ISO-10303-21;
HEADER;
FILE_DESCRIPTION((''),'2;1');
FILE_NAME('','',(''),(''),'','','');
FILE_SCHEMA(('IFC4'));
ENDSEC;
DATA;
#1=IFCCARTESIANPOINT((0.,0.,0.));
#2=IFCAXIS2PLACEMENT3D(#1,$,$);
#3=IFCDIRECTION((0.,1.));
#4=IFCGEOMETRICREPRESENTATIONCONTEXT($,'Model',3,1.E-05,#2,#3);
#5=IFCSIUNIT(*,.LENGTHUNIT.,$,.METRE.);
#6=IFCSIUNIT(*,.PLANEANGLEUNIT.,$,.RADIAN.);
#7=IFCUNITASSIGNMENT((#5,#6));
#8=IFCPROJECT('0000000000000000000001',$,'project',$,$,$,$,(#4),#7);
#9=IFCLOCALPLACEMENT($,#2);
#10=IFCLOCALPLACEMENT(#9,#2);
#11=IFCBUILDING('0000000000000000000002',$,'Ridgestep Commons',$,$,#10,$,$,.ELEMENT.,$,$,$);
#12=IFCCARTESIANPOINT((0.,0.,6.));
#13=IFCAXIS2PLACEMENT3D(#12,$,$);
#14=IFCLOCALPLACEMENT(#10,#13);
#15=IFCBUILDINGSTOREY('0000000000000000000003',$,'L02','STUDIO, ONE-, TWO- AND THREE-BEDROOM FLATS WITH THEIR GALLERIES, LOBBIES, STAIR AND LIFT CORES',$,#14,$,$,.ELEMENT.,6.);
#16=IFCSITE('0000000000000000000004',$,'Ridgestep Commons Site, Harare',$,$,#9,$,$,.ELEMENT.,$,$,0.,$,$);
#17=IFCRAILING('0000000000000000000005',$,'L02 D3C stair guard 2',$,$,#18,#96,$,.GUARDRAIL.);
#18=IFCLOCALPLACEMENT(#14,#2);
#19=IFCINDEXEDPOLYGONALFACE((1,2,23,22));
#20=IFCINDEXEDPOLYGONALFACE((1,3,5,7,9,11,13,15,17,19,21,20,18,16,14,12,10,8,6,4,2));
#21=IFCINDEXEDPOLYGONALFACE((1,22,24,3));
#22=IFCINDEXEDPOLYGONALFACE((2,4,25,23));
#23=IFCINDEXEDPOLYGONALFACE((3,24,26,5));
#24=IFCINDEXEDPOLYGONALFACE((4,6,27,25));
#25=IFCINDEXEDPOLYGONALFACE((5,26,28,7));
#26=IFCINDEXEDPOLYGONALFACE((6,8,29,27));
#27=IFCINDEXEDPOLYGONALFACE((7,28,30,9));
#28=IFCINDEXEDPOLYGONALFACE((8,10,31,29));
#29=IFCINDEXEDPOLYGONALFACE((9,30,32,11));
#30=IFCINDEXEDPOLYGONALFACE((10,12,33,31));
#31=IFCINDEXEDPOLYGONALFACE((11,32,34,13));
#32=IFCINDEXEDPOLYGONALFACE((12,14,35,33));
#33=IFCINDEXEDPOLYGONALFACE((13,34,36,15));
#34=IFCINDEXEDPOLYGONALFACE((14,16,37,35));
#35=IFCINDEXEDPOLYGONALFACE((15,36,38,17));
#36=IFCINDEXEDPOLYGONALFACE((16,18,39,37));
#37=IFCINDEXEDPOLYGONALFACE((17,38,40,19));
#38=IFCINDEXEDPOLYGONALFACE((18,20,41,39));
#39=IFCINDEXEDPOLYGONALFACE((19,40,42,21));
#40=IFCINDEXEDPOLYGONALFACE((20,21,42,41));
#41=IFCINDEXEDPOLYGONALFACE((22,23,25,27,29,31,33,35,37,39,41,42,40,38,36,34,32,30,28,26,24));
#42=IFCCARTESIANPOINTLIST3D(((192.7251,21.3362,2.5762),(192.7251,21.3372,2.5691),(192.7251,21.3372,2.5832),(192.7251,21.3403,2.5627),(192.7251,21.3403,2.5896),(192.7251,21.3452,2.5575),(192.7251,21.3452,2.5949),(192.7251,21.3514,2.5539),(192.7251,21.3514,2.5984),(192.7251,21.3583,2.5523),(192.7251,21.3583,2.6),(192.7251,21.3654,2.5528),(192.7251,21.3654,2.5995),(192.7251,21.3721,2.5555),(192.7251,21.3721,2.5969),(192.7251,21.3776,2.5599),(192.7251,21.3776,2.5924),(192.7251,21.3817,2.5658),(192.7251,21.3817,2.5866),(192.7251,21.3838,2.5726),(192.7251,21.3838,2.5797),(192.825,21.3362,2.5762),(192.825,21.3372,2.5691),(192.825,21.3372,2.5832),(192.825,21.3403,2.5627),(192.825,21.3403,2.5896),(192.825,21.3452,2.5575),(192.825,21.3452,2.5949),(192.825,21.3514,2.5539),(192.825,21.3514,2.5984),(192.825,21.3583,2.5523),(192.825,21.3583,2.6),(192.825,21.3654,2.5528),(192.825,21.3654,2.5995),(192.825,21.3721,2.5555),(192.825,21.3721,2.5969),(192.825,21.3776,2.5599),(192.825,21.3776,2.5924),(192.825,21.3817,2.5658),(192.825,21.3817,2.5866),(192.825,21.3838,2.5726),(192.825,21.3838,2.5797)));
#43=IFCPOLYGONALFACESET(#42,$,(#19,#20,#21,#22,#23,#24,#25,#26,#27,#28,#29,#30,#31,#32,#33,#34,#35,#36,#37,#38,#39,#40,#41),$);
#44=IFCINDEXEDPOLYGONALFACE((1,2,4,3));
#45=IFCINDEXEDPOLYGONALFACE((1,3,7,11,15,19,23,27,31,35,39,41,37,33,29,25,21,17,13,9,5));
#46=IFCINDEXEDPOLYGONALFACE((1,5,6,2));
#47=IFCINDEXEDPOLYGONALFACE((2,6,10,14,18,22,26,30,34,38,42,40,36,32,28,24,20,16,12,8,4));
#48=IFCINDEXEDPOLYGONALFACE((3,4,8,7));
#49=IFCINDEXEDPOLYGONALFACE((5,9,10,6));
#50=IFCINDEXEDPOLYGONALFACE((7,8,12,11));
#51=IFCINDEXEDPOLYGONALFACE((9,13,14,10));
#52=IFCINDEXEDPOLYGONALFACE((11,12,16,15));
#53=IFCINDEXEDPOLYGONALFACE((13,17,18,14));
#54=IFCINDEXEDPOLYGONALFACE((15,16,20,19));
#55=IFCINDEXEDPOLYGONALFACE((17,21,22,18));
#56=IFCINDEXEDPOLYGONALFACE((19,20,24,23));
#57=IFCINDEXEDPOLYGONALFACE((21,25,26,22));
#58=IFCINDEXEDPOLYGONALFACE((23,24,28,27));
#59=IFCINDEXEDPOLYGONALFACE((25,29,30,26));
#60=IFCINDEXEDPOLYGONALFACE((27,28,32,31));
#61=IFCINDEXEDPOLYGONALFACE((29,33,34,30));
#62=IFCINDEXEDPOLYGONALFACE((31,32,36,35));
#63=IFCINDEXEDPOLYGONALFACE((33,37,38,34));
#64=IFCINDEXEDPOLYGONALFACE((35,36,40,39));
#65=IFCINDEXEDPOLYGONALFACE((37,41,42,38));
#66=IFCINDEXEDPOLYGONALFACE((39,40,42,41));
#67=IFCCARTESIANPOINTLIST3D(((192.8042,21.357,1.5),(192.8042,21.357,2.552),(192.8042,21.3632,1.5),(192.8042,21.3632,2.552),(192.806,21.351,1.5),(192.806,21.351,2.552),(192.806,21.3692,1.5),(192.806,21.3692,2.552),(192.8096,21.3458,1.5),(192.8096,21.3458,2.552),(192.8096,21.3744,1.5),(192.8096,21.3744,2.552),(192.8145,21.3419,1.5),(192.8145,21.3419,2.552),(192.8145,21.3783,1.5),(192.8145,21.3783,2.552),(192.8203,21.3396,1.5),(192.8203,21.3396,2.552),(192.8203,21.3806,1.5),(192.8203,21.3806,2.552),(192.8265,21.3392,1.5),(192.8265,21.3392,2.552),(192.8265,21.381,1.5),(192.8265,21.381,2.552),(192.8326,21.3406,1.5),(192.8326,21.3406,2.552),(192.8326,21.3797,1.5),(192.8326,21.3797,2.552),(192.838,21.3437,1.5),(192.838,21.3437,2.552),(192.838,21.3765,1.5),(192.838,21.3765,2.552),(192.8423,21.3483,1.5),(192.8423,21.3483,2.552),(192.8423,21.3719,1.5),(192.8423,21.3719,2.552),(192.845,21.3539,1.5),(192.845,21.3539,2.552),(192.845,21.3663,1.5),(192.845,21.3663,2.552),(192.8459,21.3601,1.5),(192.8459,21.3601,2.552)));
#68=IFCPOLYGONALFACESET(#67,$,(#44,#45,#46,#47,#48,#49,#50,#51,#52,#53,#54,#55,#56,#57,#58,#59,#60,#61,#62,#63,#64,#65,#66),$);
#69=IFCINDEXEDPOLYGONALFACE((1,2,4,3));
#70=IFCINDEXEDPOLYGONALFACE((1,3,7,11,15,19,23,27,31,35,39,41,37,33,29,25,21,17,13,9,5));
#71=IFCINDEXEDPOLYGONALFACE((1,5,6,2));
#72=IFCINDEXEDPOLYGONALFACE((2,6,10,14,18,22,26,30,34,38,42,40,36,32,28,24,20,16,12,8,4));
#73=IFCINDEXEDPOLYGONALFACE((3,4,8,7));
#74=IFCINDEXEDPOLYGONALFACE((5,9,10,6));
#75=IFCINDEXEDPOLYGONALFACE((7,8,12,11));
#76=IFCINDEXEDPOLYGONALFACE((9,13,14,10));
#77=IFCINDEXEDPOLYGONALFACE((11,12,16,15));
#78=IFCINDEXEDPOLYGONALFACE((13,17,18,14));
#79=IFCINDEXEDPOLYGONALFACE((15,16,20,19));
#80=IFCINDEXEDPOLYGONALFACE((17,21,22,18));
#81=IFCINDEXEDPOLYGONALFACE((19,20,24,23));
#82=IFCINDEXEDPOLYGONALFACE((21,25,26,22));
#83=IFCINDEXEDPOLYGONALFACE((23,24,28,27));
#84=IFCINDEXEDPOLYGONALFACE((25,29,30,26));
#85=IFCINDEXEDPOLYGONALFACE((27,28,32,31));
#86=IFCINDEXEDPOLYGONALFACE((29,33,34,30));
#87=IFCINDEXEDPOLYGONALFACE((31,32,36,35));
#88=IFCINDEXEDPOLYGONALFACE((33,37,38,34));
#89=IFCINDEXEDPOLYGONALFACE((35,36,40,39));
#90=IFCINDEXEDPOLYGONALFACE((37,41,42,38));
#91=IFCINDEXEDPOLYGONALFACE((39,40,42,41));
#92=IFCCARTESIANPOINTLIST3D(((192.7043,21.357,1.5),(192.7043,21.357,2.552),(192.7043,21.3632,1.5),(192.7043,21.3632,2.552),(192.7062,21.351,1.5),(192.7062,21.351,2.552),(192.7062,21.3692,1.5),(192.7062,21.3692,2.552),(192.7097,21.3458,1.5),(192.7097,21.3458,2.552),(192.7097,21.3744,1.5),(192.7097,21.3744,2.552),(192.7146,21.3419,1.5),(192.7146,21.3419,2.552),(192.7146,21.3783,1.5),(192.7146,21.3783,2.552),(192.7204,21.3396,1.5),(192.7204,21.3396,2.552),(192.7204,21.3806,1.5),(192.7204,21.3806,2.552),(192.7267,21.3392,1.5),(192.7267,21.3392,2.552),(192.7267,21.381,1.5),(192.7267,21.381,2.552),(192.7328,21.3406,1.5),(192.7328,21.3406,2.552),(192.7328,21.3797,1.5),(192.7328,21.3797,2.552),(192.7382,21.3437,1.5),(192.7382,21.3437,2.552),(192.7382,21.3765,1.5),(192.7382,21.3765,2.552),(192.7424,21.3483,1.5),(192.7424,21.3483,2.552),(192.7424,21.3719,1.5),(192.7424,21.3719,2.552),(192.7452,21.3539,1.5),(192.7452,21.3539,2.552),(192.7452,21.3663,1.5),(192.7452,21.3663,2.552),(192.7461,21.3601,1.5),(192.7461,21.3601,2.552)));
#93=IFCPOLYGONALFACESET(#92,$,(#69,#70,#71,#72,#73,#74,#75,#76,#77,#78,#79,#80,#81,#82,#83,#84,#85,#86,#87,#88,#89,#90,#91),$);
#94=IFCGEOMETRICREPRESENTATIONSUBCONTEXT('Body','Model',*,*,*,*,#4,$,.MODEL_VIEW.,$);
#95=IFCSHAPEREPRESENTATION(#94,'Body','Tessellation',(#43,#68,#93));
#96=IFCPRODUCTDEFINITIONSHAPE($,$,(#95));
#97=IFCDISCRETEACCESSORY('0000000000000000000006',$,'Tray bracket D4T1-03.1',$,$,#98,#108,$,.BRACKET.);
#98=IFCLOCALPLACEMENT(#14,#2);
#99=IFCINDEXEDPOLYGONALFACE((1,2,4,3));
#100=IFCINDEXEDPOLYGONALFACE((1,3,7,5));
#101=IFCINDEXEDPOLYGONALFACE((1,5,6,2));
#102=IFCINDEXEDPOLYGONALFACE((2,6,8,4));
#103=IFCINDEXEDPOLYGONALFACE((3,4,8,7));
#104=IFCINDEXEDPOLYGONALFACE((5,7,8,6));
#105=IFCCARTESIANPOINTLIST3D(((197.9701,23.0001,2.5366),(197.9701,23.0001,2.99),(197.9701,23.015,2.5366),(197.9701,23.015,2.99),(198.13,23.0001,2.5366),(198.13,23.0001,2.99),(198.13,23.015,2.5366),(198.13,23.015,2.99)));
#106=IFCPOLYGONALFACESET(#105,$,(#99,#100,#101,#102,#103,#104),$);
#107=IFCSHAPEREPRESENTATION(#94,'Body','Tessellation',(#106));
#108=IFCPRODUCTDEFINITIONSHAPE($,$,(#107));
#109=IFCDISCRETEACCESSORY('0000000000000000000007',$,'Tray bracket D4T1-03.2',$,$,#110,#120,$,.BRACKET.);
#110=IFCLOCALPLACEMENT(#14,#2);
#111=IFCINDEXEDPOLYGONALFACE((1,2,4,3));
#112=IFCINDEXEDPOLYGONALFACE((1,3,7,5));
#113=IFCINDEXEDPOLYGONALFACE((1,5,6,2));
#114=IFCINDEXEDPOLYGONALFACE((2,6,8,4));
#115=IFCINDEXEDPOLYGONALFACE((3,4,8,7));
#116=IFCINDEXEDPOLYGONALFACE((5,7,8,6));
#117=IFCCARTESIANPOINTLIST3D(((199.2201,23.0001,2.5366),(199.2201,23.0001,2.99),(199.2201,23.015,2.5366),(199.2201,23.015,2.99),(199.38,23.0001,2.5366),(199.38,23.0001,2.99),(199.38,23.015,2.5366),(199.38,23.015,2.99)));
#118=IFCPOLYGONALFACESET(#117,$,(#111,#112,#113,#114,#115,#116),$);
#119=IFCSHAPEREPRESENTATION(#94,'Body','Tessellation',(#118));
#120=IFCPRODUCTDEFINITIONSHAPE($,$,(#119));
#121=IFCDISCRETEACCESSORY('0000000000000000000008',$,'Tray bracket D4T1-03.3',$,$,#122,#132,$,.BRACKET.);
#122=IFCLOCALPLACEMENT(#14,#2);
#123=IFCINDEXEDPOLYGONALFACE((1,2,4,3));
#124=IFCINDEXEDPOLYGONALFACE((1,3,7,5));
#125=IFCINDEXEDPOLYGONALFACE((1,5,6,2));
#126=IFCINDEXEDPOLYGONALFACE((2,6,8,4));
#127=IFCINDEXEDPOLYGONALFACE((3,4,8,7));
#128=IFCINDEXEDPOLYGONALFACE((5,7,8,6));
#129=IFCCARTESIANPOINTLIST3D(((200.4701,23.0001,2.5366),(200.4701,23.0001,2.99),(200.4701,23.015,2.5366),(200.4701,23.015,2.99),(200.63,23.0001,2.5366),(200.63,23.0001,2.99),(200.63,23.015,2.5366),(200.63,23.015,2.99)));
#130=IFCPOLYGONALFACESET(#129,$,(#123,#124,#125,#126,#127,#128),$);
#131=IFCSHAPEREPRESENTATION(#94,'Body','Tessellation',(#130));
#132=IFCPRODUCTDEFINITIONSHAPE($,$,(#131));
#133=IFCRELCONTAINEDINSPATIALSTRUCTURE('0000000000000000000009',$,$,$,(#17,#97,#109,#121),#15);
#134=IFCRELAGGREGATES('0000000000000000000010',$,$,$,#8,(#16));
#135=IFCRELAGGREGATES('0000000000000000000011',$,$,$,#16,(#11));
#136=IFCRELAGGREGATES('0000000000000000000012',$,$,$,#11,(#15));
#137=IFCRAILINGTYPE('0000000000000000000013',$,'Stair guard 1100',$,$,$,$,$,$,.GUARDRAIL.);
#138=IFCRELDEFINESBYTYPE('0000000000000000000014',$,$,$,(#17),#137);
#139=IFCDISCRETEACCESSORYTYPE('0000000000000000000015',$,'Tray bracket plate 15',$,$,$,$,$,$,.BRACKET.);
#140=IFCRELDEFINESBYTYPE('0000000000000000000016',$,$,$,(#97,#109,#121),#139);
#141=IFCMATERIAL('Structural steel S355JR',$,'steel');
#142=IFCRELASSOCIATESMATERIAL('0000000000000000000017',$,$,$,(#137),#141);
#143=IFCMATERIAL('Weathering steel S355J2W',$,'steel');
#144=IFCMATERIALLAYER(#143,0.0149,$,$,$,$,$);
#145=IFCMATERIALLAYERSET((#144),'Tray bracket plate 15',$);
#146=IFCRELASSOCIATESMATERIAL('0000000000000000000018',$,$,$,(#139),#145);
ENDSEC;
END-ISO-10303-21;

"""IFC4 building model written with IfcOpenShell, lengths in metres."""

from ifc_helpers import new_model, si_unit, direction, frame, origin, origin_2d, place, context, subcontext, project, spatial, rectangle, circle, extrude, material, layer, layer_set, type_object, element, save


model = new_model("IFC4")

# Units and contexts
model_context = context("Model", 3, precision=1e-05, world=origin(), true_north=direction((0.0, 1.0)))
body_context = subcontext(model_context, "Body", "Model", "MODEL_VIEW")
ifc_project = project(units=[si_unit("LENGTHUNIT", "METRE"), si_unit("PLANEANGLEUNIT", "RADIAN")], contexts=[model_context])

# Site, building, storey
site_placement = place(None, origin())
site = spatial("IfcSite", under=ifc_project, at=site_placement, Name="Ridgestep Commons Site, Harare", CompositionType="ELEMENT", RefElevation=0.0)
building_placement = place(site_placement, origin())
building = spatial("IfcBuilding", under=site, at=building_placement, Name="Ridgestep Commons", CompositionType="ELEMENT")
storey_placement = place(building_placement, frame((0.0, 0.0, 6.0)))
storey = spatial("IfcBuildingStorey", under=building, at=storey_placement, Name="L02", Description="STUDIO, ONE-, TWO- AND THREE-BEDROOM FLATS WITH THEIR GALLERIES, LOBBIES, STAIR AND LIFT CORES", CompositionType="ELEMENT", Elevation=6.0)

# Railing
ifc_material_1 = material(Name="Structural steel S355JR", Category="steel")
railing_type = type_object("IfcRailingType", Name="Stair guard 1100", PredefinedType="GUARDRAIL", material=ifc_material_1)
railing_placement = place(storey_placement, frame((192.825, 21.3601, 1.5)))
element("IfcRailing", 1, at=railing_placement, inside=storey, type_object=railing_type, Name="L02 D3C stair guard 2", PredefinedType="GUARDRAIL", context=body_context, shape_type="SweptSolid", body=[
    extrude(circle(Radius=0.0239, at=origin_2d()), frame((0.0, 0.0, 1.0762), z_axis=(-1.0, 0.0, 0.0), x_axis=(0.0, -1.0, 0.0)), (0.0, 0.0, 1.0), 0.0999),
    extrude(circle(Radius=0.021, at=origin_2d()), origin(), (0.0, 0.0, 1.0), 1.052),
    extrude(circle(Radius=0.021, at=origin_2d()), frame((-0.0999, 0.0, 0.0)), (0.0, 0.0, 1.0), 1.052),
])

# Discrete accessories
ifc_material_2 = material(Name="Weathering steel S355J2W", Category="steel")
ifc_layer_1 = layer(ifc_material_2, 0.0149)
ifc_layer_set_1 = layer_set([ifc_layer_1], Name="Tray bracket plate 15")
discrete_accessory_type = type_object("IfcDiscreteAccessoryType", Name="Tray bracket plate 15", PredefinedType="BRACKET", material=ifc_layer_set_1)
for number, where, z_axis, x_axis, name in (
    (2, (198.05, 23.0076, 2.5366), (0.0, 0.0, 1.0), (1.0, 0.0, 0.0), "Tray bracket D4T1-03.1"),
    (3, (199.3, 23.0076, 2.5366), (0.0, 0.0, 1.0), (1.0, 0.0, 0.0), "Tray bracket D4T1-03.2"),
    (4, (200.55, 23.0076, 2.5366), (0.0, 0.0, 1.0), (1.0, 0.0, 0.0), "Tray bracket D4T1-03.3"),
):
    element("IfcDiscreteAccessory", number, at=place(storey_placement, frame(where, z_axis=z_axis, x_axis=x_axis)), inside=storey, type_object=discrete_accessory_type, Name=name, PredefinedType="BRACKET", context=body_context, shape_type="SweptSolid", body=[
        extrude(rectangle(XDim=0.1599, YDim=0.0149, at=origin_2d()), origin(), (0.0, 0.0, 1.0), 0.4534),
    ])

save(model, "model.ifc")
